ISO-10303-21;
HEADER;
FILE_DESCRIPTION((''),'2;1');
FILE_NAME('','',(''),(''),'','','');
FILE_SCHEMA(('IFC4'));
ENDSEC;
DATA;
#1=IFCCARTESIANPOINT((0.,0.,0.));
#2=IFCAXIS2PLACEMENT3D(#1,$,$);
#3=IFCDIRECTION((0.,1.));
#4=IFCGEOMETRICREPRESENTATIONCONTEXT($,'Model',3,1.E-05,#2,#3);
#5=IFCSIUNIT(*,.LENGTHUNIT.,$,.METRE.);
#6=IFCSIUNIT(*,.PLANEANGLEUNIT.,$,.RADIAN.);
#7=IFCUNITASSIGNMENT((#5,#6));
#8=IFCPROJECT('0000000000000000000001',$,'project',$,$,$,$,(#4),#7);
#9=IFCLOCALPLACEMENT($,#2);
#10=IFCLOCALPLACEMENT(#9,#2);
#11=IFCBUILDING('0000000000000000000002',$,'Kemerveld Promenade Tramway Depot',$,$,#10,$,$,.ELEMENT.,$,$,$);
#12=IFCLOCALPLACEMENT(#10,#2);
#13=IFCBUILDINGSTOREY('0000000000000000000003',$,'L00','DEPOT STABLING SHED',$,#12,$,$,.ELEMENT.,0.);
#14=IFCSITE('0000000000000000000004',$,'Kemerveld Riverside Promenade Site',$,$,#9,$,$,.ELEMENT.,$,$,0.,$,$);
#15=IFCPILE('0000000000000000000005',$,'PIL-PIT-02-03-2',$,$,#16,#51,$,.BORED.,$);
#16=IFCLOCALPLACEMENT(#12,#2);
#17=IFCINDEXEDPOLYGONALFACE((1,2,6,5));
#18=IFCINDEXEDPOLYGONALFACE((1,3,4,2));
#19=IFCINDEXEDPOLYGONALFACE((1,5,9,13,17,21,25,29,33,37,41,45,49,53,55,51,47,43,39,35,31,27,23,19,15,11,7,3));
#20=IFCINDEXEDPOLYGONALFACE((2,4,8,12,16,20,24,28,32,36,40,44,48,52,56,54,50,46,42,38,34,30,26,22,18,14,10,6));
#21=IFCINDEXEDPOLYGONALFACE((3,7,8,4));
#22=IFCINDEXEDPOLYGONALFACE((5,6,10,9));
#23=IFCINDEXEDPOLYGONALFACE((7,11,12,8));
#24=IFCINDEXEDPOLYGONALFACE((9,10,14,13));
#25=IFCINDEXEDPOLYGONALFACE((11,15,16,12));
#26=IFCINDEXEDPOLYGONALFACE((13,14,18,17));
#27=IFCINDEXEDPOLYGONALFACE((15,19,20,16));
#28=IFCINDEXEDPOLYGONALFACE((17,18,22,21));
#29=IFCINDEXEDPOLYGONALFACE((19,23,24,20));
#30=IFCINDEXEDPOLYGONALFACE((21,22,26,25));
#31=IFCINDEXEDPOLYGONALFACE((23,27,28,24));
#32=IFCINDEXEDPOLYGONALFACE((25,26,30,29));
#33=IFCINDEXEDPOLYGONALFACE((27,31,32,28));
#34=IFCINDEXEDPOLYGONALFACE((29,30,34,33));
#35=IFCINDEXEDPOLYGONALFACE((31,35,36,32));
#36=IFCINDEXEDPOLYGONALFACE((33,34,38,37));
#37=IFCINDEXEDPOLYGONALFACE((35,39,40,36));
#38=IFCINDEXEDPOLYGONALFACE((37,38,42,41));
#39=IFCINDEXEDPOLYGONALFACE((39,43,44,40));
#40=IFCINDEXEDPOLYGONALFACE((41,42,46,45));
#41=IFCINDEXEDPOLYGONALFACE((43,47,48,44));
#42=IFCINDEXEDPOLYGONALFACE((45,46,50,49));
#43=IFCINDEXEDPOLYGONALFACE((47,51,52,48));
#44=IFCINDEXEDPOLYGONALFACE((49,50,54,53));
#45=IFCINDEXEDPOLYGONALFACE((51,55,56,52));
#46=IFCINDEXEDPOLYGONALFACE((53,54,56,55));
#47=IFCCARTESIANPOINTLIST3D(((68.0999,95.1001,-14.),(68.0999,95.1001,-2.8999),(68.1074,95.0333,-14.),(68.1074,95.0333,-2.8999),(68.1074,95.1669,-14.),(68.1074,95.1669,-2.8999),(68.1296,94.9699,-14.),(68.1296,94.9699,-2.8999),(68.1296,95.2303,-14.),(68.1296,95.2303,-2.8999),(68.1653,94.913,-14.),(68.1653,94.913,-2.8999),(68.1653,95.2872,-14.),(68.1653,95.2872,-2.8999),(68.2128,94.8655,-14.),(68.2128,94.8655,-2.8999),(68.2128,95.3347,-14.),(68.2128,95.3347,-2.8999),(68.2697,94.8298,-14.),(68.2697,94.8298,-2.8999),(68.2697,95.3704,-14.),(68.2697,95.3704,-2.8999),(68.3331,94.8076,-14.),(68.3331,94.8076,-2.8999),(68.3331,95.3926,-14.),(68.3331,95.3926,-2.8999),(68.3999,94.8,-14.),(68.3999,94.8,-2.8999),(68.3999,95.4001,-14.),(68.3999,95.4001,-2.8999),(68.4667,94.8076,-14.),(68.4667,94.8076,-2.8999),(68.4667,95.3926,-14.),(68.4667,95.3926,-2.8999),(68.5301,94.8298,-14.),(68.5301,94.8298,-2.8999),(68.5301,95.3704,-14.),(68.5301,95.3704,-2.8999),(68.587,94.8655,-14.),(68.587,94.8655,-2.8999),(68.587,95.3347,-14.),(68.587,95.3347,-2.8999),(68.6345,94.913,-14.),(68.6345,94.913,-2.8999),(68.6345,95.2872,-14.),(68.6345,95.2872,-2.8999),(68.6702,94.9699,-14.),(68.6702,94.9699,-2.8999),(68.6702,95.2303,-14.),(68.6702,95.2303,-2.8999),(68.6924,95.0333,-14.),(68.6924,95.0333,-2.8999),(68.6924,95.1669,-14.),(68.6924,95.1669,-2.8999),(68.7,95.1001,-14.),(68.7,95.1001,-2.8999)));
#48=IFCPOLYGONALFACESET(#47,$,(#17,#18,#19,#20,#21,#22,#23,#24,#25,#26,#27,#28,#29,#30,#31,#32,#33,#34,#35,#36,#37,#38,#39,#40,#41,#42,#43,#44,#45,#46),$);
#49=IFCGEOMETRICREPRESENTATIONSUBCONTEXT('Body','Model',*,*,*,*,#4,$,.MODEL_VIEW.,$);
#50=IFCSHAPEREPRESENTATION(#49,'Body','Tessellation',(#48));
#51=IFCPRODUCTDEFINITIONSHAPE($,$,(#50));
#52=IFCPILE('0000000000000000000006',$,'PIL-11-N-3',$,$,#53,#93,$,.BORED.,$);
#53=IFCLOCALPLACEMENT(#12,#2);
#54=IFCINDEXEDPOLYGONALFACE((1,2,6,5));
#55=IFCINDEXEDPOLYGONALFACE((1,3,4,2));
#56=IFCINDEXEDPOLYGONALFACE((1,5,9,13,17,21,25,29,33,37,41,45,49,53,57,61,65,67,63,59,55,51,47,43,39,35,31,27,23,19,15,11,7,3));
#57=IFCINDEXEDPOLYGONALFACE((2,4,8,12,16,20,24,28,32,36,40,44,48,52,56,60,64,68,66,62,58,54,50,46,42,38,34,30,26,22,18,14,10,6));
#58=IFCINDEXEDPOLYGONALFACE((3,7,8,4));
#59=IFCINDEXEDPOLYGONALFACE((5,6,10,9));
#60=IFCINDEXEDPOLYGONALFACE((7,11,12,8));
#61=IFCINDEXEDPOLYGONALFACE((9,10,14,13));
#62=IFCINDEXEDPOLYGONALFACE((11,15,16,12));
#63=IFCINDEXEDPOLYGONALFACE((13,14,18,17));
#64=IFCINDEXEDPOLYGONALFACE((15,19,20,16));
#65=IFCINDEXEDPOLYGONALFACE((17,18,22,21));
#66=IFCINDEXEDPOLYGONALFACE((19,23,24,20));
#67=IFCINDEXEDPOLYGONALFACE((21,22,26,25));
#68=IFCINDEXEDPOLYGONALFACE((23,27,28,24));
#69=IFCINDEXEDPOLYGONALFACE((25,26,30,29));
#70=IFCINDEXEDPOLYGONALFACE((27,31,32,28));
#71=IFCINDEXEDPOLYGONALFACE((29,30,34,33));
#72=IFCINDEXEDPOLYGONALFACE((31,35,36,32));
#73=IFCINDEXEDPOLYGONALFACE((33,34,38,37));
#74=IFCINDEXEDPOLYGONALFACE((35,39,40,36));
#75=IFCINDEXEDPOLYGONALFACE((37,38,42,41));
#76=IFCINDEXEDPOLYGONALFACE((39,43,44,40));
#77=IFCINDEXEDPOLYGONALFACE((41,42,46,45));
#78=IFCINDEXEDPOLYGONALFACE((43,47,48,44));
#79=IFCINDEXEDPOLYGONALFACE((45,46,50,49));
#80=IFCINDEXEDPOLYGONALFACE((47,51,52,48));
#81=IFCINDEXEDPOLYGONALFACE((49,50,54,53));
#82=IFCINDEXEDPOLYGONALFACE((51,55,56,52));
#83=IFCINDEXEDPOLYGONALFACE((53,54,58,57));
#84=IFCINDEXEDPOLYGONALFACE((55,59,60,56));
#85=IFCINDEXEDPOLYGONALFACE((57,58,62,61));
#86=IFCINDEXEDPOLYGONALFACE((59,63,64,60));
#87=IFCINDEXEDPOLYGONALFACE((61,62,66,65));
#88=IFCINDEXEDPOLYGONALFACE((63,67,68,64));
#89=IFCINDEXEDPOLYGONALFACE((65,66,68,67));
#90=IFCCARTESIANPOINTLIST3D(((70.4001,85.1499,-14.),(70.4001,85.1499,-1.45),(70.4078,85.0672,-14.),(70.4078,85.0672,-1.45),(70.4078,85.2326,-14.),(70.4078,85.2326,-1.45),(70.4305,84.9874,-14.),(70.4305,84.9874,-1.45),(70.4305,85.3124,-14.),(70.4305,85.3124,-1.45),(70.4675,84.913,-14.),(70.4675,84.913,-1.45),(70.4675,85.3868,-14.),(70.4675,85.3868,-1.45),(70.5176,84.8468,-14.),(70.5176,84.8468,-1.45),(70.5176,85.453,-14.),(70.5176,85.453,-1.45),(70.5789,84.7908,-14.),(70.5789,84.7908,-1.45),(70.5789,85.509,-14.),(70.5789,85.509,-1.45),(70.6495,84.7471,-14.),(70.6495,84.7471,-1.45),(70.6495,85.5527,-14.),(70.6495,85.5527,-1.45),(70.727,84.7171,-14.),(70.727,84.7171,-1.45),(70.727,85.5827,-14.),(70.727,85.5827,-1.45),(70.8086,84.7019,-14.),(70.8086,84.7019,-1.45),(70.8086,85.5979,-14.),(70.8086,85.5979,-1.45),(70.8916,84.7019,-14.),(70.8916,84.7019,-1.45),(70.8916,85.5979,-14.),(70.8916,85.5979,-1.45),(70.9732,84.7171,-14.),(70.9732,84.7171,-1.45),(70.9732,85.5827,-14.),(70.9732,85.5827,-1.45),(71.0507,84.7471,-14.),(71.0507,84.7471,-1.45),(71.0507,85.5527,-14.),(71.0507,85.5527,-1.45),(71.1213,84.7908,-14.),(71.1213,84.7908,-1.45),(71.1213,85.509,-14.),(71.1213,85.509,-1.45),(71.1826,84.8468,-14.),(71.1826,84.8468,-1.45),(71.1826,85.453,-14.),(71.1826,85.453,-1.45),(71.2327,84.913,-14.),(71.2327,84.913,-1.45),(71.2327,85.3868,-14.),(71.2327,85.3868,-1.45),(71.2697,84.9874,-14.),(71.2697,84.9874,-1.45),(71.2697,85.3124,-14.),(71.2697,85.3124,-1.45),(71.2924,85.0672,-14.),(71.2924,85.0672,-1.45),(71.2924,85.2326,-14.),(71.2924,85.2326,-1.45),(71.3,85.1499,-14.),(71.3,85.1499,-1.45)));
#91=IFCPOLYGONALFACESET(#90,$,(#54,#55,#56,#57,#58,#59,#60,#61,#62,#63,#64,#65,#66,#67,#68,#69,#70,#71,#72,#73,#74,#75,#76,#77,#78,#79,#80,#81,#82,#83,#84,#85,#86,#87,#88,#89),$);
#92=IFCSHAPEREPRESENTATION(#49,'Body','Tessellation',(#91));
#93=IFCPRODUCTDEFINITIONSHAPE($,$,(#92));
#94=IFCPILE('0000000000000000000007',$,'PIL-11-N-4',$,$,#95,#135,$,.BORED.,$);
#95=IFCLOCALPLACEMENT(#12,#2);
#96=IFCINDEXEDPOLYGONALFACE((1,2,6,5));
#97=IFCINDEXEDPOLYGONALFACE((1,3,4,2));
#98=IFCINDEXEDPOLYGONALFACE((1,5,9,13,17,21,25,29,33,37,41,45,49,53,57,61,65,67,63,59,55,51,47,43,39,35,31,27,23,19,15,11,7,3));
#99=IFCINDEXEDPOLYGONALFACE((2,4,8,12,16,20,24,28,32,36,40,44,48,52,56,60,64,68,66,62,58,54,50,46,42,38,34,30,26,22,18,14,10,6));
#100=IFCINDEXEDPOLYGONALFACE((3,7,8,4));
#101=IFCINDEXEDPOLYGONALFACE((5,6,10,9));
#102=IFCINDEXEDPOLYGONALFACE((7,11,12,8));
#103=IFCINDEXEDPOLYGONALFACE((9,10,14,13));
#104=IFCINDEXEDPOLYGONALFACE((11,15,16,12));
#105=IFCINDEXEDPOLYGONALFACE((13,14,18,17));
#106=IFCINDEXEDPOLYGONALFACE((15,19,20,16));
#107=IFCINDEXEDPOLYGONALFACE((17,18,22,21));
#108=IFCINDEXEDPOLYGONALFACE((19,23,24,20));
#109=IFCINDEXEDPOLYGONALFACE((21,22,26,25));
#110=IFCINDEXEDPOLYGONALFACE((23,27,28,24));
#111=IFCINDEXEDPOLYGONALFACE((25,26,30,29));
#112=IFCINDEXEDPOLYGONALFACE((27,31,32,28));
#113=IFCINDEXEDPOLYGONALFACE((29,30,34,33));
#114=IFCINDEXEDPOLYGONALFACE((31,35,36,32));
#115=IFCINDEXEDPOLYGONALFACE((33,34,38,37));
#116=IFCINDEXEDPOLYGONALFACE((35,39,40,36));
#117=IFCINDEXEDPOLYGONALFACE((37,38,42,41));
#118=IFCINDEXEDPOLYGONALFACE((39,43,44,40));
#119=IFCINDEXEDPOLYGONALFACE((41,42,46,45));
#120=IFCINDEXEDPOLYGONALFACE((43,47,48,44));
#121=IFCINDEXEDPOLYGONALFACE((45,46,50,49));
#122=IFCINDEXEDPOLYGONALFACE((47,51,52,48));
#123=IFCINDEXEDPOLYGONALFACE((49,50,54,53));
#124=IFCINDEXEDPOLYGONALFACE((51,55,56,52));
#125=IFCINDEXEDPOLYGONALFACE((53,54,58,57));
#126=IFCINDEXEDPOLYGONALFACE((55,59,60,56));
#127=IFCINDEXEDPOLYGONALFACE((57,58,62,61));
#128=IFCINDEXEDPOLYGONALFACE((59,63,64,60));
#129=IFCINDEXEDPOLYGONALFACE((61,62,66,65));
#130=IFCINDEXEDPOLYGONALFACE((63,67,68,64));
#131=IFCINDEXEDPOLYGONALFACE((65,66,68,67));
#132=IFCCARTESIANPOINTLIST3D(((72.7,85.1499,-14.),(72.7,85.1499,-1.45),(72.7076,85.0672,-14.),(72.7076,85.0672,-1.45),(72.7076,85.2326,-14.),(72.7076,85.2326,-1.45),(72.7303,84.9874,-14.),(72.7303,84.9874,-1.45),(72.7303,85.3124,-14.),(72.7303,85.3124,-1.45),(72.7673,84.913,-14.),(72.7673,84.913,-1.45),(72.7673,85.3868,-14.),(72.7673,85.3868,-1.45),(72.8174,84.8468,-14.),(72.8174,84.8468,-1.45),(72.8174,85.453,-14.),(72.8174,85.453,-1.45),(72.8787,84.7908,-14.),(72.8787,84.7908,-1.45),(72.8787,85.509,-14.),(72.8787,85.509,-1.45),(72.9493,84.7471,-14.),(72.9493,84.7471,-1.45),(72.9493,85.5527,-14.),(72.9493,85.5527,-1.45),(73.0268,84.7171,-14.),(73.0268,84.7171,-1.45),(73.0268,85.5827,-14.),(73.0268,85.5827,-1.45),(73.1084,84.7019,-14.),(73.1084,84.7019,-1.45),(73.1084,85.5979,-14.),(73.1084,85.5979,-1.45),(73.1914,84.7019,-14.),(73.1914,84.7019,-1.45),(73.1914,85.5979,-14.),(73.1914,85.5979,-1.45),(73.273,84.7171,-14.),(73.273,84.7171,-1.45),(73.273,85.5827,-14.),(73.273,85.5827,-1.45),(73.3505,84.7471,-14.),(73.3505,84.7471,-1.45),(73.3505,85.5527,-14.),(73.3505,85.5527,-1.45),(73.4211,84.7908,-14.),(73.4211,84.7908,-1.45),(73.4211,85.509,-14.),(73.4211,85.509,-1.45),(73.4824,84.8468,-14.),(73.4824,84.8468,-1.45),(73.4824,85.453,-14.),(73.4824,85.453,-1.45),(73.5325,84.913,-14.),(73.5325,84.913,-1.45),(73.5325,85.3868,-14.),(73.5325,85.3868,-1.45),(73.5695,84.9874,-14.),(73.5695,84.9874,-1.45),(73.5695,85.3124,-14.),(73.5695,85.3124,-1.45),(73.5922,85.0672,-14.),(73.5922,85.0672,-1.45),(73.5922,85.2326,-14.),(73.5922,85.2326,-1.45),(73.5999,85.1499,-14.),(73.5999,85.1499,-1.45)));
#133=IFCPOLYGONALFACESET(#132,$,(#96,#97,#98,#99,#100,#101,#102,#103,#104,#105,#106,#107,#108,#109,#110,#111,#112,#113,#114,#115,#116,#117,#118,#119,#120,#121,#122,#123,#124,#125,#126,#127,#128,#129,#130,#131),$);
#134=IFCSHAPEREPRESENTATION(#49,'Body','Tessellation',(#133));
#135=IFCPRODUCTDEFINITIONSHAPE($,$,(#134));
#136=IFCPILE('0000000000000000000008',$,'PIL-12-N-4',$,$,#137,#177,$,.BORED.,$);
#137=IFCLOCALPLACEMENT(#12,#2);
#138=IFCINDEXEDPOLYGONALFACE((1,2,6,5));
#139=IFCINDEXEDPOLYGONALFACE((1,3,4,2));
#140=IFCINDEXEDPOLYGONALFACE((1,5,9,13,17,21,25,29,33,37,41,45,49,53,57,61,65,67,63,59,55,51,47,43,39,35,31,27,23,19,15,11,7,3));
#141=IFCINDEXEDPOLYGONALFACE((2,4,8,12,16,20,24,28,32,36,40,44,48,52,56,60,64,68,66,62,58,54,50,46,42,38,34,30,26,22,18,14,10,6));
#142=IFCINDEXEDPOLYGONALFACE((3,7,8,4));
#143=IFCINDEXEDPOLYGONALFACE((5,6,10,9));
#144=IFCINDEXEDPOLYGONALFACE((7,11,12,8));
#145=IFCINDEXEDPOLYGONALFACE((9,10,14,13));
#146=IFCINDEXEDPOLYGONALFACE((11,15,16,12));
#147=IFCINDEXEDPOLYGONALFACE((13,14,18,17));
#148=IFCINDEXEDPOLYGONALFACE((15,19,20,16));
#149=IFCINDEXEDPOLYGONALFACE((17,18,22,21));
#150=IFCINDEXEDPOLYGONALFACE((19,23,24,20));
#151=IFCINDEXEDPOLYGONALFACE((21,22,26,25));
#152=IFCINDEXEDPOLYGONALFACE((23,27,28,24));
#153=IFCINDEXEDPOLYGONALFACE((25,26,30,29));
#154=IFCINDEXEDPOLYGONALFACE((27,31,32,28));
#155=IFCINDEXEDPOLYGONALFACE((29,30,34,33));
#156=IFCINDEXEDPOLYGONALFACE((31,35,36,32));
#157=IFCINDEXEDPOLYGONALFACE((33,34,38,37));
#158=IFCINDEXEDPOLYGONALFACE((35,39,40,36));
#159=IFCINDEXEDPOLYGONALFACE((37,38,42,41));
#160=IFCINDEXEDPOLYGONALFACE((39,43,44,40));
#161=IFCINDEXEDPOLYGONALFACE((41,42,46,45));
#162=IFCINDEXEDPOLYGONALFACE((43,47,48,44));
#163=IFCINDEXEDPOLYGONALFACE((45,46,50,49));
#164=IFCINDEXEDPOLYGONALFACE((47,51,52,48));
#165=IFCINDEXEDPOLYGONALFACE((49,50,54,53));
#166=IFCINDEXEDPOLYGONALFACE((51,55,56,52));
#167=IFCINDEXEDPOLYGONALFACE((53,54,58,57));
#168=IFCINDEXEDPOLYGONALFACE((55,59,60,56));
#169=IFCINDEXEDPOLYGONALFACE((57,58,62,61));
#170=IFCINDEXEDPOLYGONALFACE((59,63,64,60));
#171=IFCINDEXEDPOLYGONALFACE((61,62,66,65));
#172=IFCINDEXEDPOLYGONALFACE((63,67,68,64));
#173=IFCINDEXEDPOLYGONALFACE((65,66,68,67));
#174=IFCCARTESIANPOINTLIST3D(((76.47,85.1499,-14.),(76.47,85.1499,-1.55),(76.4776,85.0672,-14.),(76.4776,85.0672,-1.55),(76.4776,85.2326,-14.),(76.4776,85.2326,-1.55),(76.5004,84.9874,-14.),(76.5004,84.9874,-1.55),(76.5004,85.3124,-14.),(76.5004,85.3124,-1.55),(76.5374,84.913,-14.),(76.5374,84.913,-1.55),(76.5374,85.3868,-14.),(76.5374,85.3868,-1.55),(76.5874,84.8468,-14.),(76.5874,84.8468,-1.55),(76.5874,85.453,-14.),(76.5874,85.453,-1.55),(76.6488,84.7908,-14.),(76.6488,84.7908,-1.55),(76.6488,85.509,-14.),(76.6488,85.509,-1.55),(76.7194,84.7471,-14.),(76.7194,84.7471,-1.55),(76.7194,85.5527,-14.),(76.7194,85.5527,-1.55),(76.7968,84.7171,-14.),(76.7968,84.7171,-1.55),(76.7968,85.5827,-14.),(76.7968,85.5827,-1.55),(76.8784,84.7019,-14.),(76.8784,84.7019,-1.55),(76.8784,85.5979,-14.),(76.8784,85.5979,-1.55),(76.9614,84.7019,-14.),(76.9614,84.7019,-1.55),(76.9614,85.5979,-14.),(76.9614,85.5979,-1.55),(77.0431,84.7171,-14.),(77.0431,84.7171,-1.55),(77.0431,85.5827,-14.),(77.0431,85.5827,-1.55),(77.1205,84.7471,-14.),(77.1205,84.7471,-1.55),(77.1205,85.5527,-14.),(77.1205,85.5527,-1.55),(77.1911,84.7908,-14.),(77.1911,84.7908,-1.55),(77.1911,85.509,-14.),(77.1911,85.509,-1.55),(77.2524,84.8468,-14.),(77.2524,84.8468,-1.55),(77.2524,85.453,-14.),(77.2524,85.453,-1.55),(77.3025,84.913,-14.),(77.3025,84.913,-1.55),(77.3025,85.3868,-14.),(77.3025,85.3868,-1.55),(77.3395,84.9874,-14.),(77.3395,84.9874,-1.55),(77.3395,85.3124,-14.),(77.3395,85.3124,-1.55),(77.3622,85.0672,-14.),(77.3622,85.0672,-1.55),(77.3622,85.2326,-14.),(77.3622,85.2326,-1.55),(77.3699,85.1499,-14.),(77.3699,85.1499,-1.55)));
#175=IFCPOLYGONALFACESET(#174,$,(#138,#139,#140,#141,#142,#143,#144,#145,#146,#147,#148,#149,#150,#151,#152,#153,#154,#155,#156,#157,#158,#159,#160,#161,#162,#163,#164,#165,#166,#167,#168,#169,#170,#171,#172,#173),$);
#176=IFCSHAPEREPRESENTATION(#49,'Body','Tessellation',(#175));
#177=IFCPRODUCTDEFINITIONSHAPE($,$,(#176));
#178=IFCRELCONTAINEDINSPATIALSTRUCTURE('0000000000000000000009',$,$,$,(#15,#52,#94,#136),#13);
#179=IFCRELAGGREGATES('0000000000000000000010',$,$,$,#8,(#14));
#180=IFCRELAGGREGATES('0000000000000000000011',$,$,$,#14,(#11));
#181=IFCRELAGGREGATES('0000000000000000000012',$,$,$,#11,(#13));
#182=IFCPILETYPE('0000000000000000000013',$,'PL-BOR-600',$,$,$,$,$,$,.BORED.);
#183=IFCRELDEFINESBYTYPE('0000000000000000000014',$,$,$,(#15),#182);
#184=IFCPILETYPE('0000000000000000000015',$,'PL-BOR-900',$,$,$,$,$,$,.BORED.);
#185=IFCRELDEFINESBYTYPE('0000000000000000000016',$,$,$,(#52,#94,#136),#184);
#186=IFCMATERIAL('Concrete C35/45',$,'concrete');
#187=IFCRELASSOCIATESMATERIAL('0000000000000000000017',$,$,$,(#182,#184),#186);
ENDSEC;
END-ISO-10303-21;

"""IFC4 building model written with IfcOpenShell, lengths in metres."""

from ifc_helpers import new_model, si_unit, direction, frame, origin, origin_2d, place, context, subcontext, project, spatial, circle, extrude, material, material_profile, profile_set, type_object, element, save


model = new_model("IFC4")

# Units and contexts
model_context = context("Model", 3, precision=1e-05, world=origin(), true_north=direction((0.0, 1.0)))
body_context = subcontext(model_context, "Body", "Model", "MODEL_VIEW")
ifc_project = project(units=[si_unit("LENGTHUNIT", "METRE"), si_unit("PLANEANGLEUNIT", "RADIAN")], contexts=[model_context])

# Site, building, storey
site_placement = place(None, origin())
site = spatial("IfcSite", under=ifc_project, at=site_placement, Name="Kemerveld Riverside Promenade Site", CompositionType="ELEMENT", RefElevation=0.0)
building_placement = place(site_placement, origin())
building = spatial("IfcBuilding", under=site, at=building_placement, Name="Kemerveld Promenade Tramway Depot", CompositionType="ELEMENT")
storey_placement = place(building_placement, origin())
storey = spatial("IfcBuildingStorey", under=building, at=storey_placement, Name="L00", Description="DEPOT STABLING SHED", CompositionType="ELEMENT", Elevation=0.0)

# Shared definitions
ifc_material_1 = material(Name="Concrete C35/45", Category="concrete")

# Piles
ifc_material_profile_1 = material_profile(ifc_material_1, circle(Radius=0.3, at=origin_2d()), Name="PILE-D600")
ifc_profile_set_1 = profile_set([ifc_material_profile_1], Name="Concrete C35/45")
pile_type_1 = type_object("IfcPileType", Name="PL-BOR-600", PredefinedType="BORED", material=ifc_profile_set_1)
for number, where, z_axis, x_axis, name in (
    (1, (68.3999, 95.1001, -2.8999), (0.0, 0.0, -1.0), (1.0, 0.0, 0.0), "PIL-PIT-02-03-2"),
):
    element("IfcPile", number, at=place(storey_placement, frame(where, z_axis=z_axis, x_axis=x_axis)), inside=storey, type_object=pile_type_1, Name=name, PredefinedType="BORED", context=body_context, shape_type="SweptSolid", body=[
        extrude(circle(Radius=0.3, at=origin_2d()), origin(), (0.0, 0.0, 1.0), 11.1001),
    ])
ifc_material_profile_2 = material_profile(ifc_material_1, circle(Radius=0.45, at=origin_2d()), Name="PILE-D900")
ifc_profile_set_2 = profile_set([ifc_material_profile_2], Name="Concrete C35/45")
pile_type_2 = type_object("IfcPileType", Name="PL-BOR-900", PredefinedType="BORED", material=ifc_profile_set_2)
for number, where, z_axis, x_axis, name in (
    (2, (70.8501, 85.1499, -1.45), (0.0, 0.0, -1.0), (1.0, 0.0, 0.0), "PIL-11-N-3"),
    (3, (73.1499, 85.1499, -1.45), (0.0, 0.0, -1.0), (1.0, 0.0, 0.0), "PIL-11-N-4"),
):
    element("IfcPile", number, at=place(storey_placement, frame(where, z_axis=z_axis, x_axis=x_axis)), inside=storey, type_object=pile_type_2, Name=name, PredefinedType="BORED", context=body_context, shape_type="SweptSolid", body=[
        extrude(circle(Radius=0.45, at=origin_2d()), origin(), (0.0, 0.0, 1.0), 12.55),
    ])
for number, where, z_axis, x_axis, name in (
    (4, (76.9199, 85.1499, -1.55), (0.0, 0.0, -1.0), (1.0, 0.0, 0.0), "PIL-12-N-4"),
):
    element("IfcPile", number, at=place(storey_placement, frame(where, z_axis=z_axis, x_axis=x_axis)), inside=storey, type_object=pile_type_2, Name=name, PredefinedType="BORED", context=body_context, shape_type="SweptSolid", body=[
        extrude(circle(Radius=0.45, at=origin_2d()), origin(), (0.0, 0.0, 1.0), 12.45),
    ])

save(model, "model.ifc")
